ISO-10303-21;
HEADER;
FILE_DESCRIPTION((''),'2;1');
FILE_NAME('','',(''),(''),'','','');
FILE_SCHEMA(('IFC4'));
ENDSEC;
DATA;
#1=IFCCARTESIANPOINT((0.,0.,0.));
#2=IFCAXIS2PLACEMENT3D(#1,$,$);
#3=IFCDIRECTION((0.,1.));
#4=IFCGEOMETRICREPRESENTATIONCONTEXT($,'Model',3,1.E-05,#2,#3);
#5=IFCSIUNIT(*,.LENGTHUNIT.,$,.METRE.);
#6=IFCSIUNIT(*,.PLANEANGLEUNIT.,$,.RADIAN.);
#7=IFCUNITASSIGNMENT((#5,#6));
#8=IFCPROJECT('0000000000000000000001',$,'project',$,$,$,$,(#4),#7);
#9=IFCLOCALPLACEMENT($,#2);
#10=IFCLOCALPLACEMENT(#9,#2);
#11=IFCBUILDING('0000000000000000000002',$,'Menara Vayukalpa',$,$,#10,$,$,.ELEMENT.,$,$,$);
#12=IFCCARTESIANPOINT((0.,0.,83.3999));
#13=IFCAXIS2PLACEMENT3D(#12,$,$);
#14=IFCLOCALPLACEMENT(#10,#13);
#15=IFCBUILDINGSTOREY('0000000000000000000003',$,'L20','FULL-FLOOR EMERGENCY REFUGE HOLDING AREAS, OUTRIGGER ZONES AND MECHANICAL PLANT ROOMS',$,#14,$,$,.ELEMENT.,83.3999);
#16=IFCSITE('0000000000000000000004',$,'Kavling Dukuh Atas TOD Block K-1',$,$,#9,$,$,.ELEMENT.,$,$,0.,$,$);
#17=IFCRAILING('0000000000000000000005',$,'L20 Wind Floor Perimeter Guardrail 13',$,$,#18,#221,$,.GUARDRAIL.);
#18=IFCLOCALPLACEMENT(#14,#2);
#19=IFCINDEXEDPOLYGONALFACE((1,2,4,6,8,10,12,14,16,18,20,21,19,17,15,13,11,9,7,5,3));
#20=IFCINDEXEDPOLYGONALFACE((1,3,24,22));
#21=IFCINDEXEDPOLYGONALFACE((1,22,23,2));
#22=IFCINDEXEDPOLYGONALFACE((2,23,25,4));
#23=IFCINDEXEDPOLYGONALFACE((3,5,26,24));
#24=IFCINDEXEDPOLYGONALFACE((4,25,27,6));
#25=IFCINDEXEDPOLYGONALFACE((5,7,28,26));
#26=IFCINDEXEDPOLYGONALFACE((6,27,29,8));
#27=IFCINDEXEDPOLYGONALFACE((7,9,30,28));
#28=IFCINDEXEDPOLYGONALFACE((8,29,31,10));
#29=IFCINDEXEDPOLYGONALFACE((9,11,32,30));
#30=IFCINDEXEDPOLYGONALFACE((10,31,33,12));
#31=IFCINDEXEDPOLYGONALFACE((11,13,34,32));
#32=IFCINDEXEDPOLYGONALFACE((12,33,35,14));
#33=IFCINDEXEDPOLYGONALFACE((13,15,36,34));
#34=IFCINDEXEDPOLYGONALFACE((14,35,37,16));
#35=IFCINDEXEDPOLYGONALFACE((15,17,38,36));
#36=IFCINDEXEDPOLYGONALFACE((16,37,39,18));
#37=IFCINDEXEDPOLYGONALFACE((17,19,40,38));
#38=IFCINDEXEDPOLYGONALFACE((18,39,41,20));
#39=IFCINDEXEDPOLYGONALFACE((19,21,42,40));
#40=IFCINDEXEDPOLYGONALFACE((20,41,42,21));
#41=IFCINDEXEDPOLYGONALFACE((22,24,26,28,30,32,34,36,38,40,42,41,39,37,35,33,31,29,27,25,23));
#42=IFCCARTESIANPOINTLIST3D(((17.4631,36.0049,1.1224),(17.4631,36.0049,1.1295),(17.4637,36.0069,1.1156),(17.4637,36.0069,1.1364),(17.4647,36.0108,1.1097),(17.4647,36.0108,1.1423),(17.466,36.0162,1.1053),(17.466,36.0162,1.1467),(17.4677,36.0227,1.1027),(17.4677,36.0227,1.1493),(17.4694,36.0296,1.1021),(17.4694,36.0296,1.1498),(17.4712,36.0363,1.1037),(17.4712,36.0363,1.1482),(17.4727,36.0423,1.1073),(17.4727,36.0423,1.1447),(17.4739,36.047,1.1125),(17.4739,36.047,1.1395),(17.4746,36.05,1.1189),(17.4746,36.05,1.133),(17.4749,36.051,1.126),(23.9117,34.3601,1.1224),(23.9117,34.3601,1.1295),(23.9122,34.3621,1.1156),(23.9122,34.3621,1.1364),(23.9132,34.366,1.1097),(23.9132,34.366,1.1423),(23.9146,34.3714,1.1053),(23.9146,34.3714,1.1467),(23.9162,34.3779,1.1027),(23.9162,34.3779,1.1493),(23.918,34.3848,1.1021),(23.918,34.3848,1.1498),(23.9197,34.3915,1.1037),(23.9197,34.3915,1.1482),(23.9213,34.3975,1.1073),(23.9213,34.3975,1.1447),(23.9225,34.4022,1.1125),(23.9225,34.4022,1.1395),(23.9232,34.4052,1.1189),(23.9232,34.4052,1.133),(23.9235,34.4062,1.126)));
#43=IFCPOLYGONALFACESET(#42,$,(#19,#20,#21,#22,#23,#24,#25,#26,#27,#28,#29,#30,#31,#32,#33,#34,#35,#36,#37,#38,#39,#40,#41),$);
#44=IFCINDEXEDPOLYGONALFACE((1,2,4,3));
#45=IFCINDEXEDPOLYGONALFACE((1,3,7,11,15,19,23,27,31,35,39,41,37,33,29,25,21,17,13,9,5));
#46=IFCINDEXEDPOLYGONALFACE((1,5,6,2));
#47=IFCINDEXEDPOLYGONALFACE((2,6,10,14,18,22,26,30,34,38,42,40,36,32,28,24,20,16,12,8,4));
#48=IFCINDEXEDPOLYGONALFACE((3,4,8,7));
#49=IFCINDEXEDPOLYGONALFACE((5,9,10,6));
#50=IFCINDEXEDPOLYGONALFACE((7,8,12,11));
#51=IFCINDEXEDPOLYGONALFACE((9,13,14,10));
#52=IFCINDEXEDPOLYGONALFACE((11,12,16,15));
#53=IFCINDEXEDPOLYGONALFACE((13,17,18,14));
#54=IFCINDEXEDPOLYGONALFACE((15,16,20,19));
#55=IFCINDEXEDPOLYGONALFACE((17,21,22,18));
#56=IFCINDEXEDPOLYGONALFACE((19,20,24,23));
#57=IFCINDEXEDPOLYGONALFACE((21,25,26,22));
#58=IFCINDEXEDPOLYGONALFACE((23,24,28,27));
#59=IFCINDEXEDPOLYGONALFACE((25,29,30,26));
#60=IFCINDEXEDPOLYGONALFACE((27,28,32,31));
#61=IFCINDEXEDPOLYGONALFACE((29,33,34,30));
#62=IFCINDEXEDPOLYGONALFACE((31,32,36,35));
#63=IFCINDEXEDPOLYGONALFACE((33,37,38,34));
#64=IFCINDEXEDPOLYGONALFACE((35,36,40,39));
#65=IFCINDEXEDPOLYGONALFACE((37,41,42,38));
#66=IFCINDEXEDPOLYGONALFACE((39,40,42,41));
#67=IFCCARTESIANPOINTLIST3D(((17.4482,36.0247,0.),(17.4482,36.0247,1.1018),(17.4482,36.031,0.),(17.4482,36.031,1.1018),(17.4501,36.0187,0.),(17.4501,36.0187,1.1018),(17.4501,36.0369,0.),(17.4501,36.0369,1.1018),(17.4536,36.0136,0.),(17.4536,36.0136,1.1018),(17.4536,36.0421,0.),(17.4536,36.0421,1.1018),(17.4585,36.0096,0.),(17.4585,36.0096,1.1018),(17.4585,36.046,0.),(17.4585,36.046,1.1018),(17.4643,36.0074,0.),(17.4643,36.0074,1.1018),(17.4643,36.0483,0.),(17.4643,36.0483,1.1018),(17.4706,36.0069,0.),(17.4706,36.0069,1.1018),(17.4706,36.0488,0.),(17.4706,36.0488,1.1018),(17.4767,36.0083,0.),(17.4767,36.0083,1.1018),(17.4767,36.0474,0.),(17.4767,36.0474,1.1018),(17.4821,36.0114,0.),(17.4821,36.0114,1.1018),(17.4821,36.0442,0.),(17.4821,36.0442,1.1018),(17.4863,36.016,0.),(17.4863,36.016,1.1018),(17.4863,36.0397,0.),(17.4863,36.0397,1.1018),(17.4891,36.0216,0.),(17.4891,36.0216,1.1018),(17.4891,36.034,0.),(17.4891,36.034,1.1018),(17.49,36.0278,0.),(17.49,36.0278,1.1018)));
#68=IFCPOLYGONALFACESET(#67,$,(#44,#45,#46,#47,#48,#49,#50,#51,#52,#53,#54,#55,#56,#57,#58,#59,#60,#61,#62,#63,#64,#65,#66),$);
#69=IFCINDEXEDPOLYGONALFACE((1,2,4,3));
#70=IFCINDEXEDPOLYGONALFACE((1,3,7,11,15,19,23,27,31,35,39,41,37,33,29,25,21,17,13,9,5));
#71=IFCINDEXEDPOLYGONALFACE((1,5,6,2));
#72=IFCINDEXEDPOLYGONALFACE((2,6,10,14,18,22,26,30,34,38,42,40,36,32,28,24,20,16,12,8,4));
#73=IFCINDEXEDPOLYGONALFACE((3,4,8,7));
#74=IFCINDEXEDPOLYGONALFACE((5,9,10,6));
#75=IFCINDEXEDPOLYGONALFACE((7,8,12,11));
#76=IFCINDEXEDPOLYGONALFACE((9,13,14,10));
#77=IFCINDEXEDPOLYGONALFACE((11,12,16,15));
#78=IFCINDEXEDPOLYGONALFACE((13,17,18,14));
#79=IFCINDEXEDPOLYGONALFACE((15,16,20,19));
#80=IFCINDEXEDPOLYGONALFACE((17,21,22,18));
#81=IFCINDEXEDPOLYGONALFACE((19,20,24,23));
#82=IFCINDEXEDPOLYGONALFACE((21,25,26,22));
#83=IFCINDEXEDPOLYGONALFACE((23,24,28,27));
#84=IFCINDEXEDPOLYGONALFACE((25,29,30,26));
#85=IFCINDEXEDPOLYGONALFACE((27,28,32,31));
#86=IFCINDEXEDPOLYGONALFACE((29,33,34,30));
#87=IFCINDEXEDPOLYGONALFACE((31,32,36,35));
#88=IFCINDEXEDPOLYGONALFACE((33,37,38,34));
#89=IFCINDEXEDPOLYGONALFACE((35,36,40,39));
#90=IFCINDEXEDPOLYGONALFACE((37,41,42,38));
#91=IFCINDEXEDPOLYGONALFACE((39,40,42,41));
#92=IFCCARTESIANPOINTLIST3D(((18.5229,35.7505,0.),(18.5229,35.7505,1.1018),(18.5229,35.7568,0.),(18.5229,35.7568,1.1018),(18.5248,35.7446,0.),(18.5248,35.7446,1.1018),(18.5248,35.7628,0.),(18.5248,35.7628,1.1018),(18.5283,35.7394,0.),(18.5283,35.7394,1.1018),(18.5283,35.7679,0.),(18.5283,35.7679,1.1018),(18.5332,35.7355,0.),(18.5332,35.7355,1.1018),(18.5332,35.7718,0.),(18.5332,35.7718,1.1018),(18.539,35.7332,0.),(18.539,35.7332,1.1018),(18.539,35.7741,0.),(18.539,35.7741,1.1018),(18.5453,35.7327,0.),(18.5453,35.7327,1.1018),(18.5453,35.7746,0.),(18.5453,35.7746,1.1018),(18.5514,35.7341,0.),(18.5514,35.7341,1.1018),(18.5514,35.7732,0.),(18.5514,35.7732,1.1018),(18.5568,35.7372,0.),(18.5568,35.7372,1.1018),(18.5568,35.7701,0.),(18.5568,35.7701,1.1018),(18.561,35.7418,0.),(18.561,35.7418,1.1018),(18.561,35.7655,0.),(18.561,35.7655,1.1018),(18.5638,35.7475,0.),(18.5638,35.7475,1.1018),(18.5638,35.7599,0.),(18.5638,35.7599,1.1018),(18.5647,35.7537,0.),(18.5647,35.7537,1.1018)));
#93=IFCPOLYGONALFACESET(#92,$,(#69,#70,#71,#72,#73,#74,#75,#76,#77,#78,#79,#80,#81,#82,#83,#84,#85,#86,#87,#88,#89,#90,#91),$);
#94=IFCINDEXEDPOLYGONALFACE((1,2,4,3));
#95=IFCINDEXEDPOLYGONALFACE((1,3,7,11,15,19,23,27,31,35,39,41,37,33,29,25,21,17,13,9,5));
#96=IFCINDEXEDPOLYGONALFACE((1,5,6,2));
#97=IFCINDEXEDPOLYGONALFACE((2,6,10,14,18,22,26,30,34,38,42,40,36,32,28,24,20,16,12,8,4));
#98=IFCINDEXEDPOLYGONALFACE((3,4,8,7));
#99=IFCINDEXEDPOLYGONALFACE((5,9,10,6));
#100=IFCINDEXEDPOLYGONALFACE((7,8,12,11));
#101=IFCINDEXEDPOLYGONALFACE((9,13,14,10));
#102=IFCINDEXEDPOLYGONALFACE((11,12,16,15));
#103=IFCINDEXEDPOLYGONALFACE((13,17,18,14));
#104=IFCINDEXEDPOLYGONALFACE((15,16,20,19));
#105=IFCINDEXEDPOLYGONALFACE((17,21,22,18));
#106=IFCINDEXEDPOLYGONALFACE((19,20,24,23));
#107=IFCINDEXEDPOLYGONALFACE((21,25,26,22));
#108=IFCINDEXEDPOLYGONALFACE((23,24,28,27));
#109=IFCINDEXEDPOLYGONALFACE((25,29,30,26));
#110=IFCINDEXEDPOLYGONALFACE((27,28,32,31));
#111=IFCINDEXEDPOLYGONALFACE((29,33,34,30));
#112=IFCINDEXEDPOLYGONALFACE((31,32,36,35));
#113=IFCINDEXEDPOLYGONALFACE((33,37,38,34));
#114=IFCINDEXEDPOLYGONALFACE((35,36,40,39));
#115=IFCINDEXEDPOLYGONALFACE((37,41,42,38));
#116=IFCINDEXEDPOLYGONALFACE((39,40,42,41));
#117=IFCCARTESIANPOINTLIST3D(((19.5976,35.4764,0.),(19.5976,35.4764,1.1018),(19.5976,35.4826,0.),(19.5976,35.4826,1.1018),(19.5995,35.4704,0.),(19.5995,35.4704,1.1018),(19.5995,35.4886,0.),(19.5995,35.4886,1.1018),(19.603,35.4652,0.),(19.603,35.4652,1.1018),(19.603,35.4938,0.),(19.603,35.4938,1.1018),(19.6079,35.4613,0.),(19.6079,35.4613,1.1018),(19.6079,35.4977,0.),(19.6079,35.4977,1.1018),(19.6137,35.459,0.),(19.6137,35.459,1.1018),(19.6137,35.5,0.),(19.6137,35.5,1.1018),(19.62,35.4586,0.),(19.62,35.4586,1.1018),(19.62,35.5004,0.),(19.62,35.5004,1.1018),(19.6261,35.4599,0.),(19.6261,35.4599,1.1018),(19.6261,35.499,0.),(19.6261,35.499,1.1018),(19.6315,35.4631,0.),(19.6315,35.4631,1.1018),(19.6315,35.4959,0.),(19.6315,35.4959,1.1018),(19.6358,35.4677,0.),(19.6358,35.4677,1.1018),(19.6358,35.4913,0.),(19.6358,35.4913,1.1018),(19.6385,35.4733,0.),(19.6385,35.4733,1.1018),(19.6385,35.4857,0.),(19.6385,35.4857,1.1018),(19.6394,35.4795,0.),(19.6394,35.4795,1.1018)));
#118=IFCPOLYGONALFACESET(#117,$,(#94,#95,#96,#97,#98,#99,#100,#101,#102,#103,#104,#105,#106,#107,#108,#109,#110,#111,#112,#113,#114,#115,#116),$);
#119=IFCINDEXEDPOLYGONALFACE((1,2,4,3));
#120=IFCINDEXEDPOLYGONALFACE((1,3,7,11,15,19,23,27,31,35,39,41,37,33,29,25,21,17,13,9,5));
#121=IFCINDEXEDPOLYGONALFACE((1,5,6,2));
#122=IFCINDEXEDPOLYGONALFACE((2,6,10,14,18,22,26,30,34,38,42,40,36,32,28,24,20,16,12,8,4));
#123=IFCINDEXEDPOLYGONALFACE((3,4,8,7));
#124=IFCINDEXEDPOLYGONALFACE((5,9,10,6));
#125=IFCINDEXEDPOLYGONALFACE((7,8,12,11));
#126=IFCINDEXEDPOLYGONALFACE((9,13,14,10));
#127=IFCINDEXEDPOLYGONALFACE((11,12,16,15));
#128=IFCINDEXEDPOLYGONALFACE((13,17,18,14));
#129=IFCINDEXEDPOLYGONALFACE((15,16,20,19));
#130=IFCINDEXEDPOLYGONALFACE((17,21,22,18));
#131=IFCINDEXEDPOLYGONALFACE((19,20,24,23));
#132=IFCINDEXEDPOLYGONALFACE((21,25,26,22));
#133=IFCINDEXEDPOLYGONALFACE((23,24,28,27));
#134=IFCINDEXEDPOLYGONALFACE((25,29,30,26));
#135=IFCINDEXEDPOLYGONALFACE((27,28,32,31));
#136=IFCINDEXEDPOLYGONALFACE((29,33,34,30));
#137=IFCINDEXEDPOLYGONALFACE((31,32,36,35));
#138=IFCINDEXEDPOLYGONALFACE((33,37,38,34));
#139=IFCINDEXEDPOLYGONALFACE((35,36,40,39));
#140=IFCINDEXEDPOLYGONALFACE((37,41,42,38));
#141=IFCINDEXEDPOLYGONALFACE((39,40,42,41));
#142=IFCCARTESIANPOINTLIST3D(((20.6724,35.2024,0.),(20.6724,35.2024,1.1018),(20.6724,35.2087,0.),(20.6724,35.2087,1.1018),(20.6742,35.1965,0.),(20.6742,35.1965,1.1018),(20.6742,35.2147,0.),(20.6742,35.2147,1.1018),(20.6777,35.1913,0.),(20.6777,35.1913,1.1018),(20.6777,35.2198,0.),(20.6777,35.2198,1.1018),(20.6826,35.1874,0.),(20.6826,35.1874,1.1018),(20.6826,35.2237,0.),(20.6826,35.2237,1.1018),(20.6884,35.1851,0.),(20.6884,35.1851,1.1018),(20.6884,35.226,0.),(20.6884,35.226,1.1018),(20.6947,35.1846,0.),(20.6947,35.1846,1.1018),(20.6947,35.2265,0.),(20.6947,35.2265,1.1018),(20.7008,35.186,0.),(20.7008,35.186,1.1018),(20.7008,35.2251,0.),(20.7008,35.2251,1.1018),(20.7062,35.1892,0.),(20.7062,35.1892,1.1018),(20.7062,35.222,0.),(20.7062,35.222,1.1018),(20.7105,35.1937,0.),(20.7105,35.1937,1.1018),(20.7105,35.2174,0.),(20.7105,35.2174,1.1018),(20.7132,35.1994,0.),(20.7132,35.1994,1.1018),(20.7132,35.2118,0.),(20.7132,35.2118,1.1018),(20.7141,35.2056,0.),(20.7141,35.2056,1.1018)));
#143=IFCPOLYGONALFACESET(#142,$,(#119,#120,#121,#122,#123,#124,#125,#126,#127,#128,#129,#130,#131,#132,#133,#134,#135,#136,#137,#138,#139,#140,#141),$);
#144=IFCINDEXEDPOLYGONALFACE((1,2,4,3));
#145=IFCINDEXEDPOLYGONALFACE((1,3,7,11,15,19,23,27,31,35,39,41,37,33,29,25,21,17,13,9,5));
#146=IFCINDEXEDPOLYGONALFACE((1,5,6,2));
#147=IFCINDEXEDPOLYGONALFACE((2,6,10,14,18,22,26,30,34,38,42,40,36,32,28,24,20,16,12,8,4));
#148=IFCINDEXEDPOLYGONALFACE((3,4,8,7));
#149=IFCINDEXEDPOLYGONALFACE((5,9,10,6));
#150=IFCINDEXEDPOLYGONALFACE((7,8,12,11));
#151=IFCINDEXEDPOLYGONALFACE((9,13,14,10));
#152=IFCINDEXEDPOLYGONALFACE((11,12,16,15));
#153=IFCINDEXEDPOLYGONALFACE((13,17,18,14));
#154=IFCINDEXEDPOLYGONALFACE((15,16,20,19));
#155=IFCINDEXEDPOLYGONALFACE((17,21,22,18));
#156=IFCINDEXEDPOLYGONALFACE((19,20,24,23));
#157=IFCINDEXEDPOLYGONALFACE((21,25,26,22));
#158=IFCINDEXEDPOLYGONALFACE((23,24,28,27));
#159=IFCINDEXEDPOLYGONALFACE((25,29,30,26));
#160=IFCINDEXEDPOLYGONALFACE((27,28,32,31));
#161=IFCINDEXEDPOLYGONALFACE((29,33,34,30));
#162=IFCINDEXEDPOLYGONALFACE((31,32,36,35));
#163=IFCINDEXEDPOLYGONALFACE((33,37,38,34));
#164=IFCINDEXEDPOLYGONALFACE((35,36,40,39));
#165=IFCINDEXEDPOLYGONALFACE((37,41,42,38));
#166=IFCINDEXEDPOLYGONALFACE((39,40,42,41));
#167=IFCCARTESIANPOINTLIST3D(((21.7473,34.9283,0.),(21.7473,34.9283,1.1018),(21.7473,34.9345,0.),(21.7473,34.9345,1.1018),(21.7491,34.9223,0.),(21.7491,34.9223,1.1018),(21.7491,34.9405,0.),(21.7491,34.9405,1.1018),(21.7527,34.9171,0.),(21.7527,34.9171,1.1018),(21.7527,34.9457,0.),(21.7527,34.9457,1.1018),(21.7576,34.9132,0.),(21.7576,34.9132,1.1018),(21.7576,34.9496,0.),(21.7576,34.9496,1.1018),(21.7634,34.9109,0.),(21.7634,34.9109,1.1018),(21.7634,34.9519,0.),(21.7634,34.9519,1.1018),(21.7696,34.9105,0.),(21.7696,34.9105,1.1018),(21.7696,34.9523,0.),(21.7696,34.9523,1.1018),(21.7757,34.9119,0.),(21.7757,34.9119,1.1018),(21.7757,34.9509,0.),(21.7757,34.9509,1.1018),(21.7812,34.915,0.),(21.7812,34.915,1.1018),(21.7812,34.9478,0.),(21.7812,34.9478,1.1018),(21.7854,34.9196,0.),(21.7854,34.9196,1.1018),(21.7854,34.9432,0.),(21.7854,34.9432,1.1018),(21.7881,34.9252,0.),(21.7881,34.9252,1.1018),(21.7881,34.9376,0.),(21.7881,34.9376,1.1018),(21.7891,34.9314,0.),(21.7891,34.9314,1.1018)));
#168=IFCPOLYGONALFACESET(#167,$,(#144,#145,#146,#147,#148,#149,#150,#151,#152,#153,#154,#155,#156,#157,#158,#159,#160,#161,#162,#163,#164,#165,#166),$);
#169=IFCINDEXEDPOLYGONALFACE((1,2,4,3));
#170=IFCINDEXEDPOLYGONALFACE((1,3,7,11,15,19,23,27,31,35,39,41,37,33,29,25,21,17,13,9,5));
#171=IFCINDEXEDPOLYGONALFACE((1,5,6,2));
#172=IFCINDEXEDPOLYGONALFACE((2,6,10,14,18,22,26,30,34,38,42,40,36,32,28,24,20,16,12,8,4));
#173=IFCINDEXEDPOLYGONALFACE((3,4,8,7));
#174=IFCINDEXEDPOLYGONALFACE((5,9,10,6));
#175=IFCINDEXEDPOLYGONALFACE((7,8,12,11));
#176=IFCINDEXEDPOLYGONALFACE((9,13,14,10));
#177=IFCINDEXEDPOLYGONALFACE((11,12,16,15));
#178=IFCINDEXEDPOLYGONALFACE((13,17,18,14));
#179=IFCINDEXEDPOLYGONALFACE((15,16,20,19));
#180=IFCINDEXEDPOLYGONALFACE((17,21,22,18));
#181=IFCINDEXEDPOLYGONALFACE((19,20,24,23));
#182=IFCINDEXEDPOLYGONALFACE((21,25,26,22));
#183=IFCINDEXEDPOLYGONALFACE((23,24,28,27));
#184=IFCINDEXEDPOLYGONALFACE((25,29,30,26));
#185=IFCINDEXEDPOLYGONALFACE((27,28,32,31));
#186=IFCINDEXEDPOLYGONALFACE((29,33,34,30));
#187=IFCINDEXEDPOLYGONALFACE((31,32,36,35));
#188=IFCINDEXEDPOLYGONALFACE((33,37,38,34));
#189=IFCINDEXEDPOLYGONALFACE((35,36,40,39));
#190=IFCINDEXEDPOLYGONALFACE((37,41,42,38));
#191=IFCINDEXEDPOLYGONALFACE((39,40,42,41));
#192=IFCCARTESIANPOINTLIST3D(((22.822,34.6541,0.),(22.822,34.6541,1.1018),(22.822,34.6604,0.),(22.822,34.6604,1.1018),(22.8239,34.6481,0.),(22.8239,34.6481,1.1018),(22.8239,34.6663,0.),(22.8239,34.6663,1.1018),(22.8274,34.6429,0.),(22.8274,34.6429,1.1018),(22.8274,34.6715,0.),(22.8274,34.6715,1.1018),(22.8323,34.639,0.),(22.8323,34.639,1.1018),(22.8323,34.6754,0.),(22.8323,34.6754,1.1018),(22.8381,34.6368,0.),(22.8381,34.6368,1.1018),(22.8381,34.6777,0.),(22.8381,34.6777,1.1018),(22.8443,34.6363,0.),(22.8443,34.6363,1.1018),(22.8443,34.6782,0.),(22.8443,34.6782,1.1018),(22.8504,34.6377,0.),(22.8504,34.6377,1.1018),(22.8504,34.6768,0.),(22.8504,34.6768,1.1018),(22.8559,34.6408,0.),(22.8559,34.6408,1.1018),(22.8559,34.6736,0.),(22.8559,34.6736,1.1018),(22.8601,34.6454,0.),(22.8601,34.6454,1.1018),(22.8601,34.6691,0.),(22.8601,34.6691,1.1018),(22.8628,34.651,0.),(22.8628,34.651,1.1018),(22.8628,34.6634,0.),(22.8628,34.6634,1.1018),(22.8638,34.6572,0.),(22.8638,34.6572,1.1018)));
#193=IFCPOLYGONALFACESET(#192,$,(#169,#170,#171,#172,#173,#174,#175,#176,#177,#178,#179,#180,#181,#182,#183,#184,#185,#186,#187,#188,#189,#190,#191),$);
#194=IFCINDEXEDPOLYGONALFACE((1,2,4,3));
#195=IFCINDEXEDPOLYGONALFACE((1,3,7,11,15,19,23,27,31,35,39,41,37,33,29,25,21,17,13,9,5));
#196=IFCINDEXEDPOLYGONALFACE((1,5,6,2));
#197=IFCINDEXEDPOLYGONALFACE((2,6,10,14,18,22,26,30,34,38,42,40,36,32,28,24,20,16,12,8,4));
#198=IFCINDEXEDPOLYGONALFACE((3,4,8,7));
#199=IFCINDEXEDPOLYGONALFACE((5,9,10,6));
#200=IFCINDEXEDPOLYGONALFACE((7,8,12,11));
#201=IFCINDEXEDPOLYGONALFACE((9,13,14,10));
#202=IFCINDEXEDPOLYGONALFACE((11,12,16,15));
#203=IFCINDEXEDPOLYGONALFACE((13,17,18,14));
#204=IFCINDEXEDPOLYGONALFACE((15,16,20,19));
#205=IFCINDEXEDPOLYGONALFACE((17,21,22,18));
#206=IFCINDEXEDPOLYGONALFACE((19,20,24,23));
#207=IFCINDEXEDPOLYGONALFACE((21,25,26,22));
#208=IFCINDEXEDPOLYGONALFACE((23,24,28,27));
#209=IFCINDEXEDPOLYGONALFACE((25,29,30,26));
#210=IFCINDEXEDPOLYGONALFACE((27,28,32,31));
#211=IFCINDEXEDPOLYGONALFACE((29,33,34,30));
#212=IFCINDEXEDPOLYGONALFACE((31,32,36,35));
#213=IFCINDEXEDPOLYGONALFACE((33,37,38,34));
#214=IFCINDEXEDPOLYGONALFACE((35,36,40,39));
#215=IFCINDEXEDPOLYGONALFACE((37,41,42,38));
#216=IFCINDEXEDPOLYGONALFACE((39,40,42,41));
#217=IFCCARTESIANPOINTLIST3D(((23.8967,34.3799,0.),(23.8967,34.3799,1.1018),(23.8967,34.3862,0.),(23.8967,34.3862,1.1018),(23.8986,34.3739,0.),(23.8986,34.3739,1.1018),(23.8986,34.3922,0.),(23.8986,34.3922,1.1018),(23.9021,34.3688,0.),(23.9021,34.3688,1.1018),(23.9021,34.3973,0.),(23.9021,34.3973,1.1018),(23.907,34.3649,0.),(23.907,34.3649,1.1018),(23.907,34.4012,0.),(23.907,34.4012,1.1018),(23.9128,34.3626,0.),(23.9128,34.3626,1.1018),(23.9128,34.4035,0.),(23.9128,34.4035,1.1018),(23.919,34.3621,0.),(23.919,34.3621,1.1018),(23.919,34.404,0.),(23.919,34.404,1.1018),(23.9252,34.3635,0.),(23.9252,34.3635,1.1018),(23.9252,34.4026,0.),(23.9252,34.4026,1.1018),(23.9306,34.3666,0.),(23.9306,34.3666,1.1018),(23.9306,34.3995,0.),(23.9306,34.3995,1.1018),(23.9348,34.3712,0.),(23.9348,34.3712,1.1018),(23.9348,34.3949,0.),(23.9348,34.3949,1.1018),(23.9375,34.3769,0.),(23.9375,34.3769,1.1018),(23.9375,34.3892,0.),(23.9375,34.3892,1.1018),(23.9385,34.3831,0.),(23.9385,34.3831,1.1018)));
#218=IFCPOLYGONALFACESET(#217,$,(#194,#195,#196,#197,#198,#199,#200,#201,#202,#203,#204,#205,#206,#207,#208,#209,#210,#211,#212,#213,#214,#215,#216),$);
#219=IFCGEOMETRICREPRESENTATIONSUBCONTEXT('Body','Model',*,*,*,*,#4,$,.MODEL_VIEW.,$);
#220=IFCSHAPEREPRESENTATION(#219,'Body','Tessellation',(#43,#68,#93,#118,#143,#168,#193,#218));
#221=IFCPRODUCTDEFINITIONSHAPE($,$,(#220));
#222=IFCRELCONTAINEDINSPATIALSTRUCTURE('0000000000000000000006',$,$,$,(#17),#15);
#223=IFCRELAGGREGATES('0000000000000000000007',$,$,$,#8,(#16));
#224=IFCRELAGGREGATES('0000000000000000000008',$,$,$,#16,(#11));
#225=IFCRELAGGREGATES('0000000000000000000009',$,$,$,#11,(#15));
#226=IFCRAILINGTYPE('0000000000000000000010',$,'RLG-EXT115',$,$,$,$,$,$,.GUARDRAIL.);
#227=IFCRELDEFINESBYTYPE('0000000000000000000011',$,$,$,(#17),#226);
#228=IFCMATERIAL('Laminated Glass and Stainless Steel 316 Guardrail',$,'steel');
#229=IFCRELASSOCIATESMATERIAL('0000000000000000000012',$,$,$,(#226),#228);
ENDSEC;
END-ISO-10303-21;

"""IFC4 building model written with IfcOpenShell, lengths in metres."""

from ifc_helpers import new_model, si_unit, direction, frame, origin, origin_2d, place, context, subcontext, project, spatial, circle, extrude, material, type_object, element, save


model = new_model("IFC4")

# Units and contexts
model_context = context("Model", 3, precision=1e-05, world=origin(), true_north=direction((0.0, 1.0)))
body_context = subcontext(model_context, "Body", "Model", "MODEL_VIEW")
ifc_project = project(units=[si_unit("LENGTHUNIT", "METRE"), si_unit("PLANEANGLEUNIT", "RADIAN")], contexts=[model_context])

# Site, building, storey
site_placement = place(None, origin())
site = spatial("IfcSite", under=ifc_project, at=site_placement, Name="Kavling Dukuh Atas TOD Block K-1", CompositionType="ELEMENT", RefElevation=0.0)
building_placement = place(site_placement, origin())
building = spatial("IfcBuilding", under=site, at=building_placement, Name="Menara Vayukalpa", CompositionType="ELEMENT")
storey_placement = place(building_placement, frame((0.0, 0.0, 83.3999)))
storey = spatial("IfcBuildingStorey", under=building, at=storey_placement, Name="L20", Description="FULL-FLOOR EMERGENCY REFUGE HOLDING AREAS, OUTRIGGER ZONES AND MECHANICAL PLANT ROOMS", CompositionType="ELEMENT", Elevation=83.3999)

# Railing
ifc_material_1 = material(Name="Laminated Glass and Stainless Steel 316 Guardrail", Category="steel")
railing_type = type_object("IfcRailingType", Name="RLG-EXT115", PredefinedType="GUARDRAIL", material=ifc_material_1)
railing_1_placement = place(storey_placement, frame((17.469, 36.0278, 0.0)))
element("IfcRailing", 1, at=railing_1_placement, inside=storey, type_object=railing_type, Name="L20 Wind Floor Perimeter Guardrail 13", PredefinedType="GUARDRAIL", context=body_context, shape_type="SweptSolid", body=[
    extrude(circle(Radius=0.0239, at=origin_2d()), frame((0.0, 0.0, 1.126), z_axis=(0.968977, -0.247151, 0.0), x_axis=(0.247151, 0.968977, 0.0)), (0.0, 0.0, 1.0), 6.655),
    extrude(circle(Radius=0.021, at=origin_2d()), origin(), (0.0, 0.0, 1.0), 1.1018),
    extrude(circle(Radius=0.021, at=origin_2d()), frame((1.0747, -0.2742, 0.0)), (0.0, 0.0, 1.0), 1.1018),
    extrude(circle(Radius=0.021, at=origin_2d()), frame((2.1494, -0.5483, 0.0)), (0.0, 0.0, 1.0), 1.1018),
    extrude(circle(Radius=0.021, at=origin_2d()), frame((3.2241, -0.8223, 0.0)), (0.0, 0.0, 1.0), 1.1018),
    extrude(circle(Radius=0.021, at=origin_2d()), frame((4.2991, -1.0964, 0.0)), (0.0, 0.0, 1.0), 1.1018),
    extrude(circle(Radius=0.021, at=origin_2d()), frame((5.3738, -1.3706, 0.0)), (0.0, 0.0, 1.0), 1.1018),
    extrude(circle(Radius=0.021, at=origin_2d()), frame((6.4485, -1.6448, 0.0)), (0.0, 0.0, 1.0), 1.1018),
])

save(model, "model.ifc")
